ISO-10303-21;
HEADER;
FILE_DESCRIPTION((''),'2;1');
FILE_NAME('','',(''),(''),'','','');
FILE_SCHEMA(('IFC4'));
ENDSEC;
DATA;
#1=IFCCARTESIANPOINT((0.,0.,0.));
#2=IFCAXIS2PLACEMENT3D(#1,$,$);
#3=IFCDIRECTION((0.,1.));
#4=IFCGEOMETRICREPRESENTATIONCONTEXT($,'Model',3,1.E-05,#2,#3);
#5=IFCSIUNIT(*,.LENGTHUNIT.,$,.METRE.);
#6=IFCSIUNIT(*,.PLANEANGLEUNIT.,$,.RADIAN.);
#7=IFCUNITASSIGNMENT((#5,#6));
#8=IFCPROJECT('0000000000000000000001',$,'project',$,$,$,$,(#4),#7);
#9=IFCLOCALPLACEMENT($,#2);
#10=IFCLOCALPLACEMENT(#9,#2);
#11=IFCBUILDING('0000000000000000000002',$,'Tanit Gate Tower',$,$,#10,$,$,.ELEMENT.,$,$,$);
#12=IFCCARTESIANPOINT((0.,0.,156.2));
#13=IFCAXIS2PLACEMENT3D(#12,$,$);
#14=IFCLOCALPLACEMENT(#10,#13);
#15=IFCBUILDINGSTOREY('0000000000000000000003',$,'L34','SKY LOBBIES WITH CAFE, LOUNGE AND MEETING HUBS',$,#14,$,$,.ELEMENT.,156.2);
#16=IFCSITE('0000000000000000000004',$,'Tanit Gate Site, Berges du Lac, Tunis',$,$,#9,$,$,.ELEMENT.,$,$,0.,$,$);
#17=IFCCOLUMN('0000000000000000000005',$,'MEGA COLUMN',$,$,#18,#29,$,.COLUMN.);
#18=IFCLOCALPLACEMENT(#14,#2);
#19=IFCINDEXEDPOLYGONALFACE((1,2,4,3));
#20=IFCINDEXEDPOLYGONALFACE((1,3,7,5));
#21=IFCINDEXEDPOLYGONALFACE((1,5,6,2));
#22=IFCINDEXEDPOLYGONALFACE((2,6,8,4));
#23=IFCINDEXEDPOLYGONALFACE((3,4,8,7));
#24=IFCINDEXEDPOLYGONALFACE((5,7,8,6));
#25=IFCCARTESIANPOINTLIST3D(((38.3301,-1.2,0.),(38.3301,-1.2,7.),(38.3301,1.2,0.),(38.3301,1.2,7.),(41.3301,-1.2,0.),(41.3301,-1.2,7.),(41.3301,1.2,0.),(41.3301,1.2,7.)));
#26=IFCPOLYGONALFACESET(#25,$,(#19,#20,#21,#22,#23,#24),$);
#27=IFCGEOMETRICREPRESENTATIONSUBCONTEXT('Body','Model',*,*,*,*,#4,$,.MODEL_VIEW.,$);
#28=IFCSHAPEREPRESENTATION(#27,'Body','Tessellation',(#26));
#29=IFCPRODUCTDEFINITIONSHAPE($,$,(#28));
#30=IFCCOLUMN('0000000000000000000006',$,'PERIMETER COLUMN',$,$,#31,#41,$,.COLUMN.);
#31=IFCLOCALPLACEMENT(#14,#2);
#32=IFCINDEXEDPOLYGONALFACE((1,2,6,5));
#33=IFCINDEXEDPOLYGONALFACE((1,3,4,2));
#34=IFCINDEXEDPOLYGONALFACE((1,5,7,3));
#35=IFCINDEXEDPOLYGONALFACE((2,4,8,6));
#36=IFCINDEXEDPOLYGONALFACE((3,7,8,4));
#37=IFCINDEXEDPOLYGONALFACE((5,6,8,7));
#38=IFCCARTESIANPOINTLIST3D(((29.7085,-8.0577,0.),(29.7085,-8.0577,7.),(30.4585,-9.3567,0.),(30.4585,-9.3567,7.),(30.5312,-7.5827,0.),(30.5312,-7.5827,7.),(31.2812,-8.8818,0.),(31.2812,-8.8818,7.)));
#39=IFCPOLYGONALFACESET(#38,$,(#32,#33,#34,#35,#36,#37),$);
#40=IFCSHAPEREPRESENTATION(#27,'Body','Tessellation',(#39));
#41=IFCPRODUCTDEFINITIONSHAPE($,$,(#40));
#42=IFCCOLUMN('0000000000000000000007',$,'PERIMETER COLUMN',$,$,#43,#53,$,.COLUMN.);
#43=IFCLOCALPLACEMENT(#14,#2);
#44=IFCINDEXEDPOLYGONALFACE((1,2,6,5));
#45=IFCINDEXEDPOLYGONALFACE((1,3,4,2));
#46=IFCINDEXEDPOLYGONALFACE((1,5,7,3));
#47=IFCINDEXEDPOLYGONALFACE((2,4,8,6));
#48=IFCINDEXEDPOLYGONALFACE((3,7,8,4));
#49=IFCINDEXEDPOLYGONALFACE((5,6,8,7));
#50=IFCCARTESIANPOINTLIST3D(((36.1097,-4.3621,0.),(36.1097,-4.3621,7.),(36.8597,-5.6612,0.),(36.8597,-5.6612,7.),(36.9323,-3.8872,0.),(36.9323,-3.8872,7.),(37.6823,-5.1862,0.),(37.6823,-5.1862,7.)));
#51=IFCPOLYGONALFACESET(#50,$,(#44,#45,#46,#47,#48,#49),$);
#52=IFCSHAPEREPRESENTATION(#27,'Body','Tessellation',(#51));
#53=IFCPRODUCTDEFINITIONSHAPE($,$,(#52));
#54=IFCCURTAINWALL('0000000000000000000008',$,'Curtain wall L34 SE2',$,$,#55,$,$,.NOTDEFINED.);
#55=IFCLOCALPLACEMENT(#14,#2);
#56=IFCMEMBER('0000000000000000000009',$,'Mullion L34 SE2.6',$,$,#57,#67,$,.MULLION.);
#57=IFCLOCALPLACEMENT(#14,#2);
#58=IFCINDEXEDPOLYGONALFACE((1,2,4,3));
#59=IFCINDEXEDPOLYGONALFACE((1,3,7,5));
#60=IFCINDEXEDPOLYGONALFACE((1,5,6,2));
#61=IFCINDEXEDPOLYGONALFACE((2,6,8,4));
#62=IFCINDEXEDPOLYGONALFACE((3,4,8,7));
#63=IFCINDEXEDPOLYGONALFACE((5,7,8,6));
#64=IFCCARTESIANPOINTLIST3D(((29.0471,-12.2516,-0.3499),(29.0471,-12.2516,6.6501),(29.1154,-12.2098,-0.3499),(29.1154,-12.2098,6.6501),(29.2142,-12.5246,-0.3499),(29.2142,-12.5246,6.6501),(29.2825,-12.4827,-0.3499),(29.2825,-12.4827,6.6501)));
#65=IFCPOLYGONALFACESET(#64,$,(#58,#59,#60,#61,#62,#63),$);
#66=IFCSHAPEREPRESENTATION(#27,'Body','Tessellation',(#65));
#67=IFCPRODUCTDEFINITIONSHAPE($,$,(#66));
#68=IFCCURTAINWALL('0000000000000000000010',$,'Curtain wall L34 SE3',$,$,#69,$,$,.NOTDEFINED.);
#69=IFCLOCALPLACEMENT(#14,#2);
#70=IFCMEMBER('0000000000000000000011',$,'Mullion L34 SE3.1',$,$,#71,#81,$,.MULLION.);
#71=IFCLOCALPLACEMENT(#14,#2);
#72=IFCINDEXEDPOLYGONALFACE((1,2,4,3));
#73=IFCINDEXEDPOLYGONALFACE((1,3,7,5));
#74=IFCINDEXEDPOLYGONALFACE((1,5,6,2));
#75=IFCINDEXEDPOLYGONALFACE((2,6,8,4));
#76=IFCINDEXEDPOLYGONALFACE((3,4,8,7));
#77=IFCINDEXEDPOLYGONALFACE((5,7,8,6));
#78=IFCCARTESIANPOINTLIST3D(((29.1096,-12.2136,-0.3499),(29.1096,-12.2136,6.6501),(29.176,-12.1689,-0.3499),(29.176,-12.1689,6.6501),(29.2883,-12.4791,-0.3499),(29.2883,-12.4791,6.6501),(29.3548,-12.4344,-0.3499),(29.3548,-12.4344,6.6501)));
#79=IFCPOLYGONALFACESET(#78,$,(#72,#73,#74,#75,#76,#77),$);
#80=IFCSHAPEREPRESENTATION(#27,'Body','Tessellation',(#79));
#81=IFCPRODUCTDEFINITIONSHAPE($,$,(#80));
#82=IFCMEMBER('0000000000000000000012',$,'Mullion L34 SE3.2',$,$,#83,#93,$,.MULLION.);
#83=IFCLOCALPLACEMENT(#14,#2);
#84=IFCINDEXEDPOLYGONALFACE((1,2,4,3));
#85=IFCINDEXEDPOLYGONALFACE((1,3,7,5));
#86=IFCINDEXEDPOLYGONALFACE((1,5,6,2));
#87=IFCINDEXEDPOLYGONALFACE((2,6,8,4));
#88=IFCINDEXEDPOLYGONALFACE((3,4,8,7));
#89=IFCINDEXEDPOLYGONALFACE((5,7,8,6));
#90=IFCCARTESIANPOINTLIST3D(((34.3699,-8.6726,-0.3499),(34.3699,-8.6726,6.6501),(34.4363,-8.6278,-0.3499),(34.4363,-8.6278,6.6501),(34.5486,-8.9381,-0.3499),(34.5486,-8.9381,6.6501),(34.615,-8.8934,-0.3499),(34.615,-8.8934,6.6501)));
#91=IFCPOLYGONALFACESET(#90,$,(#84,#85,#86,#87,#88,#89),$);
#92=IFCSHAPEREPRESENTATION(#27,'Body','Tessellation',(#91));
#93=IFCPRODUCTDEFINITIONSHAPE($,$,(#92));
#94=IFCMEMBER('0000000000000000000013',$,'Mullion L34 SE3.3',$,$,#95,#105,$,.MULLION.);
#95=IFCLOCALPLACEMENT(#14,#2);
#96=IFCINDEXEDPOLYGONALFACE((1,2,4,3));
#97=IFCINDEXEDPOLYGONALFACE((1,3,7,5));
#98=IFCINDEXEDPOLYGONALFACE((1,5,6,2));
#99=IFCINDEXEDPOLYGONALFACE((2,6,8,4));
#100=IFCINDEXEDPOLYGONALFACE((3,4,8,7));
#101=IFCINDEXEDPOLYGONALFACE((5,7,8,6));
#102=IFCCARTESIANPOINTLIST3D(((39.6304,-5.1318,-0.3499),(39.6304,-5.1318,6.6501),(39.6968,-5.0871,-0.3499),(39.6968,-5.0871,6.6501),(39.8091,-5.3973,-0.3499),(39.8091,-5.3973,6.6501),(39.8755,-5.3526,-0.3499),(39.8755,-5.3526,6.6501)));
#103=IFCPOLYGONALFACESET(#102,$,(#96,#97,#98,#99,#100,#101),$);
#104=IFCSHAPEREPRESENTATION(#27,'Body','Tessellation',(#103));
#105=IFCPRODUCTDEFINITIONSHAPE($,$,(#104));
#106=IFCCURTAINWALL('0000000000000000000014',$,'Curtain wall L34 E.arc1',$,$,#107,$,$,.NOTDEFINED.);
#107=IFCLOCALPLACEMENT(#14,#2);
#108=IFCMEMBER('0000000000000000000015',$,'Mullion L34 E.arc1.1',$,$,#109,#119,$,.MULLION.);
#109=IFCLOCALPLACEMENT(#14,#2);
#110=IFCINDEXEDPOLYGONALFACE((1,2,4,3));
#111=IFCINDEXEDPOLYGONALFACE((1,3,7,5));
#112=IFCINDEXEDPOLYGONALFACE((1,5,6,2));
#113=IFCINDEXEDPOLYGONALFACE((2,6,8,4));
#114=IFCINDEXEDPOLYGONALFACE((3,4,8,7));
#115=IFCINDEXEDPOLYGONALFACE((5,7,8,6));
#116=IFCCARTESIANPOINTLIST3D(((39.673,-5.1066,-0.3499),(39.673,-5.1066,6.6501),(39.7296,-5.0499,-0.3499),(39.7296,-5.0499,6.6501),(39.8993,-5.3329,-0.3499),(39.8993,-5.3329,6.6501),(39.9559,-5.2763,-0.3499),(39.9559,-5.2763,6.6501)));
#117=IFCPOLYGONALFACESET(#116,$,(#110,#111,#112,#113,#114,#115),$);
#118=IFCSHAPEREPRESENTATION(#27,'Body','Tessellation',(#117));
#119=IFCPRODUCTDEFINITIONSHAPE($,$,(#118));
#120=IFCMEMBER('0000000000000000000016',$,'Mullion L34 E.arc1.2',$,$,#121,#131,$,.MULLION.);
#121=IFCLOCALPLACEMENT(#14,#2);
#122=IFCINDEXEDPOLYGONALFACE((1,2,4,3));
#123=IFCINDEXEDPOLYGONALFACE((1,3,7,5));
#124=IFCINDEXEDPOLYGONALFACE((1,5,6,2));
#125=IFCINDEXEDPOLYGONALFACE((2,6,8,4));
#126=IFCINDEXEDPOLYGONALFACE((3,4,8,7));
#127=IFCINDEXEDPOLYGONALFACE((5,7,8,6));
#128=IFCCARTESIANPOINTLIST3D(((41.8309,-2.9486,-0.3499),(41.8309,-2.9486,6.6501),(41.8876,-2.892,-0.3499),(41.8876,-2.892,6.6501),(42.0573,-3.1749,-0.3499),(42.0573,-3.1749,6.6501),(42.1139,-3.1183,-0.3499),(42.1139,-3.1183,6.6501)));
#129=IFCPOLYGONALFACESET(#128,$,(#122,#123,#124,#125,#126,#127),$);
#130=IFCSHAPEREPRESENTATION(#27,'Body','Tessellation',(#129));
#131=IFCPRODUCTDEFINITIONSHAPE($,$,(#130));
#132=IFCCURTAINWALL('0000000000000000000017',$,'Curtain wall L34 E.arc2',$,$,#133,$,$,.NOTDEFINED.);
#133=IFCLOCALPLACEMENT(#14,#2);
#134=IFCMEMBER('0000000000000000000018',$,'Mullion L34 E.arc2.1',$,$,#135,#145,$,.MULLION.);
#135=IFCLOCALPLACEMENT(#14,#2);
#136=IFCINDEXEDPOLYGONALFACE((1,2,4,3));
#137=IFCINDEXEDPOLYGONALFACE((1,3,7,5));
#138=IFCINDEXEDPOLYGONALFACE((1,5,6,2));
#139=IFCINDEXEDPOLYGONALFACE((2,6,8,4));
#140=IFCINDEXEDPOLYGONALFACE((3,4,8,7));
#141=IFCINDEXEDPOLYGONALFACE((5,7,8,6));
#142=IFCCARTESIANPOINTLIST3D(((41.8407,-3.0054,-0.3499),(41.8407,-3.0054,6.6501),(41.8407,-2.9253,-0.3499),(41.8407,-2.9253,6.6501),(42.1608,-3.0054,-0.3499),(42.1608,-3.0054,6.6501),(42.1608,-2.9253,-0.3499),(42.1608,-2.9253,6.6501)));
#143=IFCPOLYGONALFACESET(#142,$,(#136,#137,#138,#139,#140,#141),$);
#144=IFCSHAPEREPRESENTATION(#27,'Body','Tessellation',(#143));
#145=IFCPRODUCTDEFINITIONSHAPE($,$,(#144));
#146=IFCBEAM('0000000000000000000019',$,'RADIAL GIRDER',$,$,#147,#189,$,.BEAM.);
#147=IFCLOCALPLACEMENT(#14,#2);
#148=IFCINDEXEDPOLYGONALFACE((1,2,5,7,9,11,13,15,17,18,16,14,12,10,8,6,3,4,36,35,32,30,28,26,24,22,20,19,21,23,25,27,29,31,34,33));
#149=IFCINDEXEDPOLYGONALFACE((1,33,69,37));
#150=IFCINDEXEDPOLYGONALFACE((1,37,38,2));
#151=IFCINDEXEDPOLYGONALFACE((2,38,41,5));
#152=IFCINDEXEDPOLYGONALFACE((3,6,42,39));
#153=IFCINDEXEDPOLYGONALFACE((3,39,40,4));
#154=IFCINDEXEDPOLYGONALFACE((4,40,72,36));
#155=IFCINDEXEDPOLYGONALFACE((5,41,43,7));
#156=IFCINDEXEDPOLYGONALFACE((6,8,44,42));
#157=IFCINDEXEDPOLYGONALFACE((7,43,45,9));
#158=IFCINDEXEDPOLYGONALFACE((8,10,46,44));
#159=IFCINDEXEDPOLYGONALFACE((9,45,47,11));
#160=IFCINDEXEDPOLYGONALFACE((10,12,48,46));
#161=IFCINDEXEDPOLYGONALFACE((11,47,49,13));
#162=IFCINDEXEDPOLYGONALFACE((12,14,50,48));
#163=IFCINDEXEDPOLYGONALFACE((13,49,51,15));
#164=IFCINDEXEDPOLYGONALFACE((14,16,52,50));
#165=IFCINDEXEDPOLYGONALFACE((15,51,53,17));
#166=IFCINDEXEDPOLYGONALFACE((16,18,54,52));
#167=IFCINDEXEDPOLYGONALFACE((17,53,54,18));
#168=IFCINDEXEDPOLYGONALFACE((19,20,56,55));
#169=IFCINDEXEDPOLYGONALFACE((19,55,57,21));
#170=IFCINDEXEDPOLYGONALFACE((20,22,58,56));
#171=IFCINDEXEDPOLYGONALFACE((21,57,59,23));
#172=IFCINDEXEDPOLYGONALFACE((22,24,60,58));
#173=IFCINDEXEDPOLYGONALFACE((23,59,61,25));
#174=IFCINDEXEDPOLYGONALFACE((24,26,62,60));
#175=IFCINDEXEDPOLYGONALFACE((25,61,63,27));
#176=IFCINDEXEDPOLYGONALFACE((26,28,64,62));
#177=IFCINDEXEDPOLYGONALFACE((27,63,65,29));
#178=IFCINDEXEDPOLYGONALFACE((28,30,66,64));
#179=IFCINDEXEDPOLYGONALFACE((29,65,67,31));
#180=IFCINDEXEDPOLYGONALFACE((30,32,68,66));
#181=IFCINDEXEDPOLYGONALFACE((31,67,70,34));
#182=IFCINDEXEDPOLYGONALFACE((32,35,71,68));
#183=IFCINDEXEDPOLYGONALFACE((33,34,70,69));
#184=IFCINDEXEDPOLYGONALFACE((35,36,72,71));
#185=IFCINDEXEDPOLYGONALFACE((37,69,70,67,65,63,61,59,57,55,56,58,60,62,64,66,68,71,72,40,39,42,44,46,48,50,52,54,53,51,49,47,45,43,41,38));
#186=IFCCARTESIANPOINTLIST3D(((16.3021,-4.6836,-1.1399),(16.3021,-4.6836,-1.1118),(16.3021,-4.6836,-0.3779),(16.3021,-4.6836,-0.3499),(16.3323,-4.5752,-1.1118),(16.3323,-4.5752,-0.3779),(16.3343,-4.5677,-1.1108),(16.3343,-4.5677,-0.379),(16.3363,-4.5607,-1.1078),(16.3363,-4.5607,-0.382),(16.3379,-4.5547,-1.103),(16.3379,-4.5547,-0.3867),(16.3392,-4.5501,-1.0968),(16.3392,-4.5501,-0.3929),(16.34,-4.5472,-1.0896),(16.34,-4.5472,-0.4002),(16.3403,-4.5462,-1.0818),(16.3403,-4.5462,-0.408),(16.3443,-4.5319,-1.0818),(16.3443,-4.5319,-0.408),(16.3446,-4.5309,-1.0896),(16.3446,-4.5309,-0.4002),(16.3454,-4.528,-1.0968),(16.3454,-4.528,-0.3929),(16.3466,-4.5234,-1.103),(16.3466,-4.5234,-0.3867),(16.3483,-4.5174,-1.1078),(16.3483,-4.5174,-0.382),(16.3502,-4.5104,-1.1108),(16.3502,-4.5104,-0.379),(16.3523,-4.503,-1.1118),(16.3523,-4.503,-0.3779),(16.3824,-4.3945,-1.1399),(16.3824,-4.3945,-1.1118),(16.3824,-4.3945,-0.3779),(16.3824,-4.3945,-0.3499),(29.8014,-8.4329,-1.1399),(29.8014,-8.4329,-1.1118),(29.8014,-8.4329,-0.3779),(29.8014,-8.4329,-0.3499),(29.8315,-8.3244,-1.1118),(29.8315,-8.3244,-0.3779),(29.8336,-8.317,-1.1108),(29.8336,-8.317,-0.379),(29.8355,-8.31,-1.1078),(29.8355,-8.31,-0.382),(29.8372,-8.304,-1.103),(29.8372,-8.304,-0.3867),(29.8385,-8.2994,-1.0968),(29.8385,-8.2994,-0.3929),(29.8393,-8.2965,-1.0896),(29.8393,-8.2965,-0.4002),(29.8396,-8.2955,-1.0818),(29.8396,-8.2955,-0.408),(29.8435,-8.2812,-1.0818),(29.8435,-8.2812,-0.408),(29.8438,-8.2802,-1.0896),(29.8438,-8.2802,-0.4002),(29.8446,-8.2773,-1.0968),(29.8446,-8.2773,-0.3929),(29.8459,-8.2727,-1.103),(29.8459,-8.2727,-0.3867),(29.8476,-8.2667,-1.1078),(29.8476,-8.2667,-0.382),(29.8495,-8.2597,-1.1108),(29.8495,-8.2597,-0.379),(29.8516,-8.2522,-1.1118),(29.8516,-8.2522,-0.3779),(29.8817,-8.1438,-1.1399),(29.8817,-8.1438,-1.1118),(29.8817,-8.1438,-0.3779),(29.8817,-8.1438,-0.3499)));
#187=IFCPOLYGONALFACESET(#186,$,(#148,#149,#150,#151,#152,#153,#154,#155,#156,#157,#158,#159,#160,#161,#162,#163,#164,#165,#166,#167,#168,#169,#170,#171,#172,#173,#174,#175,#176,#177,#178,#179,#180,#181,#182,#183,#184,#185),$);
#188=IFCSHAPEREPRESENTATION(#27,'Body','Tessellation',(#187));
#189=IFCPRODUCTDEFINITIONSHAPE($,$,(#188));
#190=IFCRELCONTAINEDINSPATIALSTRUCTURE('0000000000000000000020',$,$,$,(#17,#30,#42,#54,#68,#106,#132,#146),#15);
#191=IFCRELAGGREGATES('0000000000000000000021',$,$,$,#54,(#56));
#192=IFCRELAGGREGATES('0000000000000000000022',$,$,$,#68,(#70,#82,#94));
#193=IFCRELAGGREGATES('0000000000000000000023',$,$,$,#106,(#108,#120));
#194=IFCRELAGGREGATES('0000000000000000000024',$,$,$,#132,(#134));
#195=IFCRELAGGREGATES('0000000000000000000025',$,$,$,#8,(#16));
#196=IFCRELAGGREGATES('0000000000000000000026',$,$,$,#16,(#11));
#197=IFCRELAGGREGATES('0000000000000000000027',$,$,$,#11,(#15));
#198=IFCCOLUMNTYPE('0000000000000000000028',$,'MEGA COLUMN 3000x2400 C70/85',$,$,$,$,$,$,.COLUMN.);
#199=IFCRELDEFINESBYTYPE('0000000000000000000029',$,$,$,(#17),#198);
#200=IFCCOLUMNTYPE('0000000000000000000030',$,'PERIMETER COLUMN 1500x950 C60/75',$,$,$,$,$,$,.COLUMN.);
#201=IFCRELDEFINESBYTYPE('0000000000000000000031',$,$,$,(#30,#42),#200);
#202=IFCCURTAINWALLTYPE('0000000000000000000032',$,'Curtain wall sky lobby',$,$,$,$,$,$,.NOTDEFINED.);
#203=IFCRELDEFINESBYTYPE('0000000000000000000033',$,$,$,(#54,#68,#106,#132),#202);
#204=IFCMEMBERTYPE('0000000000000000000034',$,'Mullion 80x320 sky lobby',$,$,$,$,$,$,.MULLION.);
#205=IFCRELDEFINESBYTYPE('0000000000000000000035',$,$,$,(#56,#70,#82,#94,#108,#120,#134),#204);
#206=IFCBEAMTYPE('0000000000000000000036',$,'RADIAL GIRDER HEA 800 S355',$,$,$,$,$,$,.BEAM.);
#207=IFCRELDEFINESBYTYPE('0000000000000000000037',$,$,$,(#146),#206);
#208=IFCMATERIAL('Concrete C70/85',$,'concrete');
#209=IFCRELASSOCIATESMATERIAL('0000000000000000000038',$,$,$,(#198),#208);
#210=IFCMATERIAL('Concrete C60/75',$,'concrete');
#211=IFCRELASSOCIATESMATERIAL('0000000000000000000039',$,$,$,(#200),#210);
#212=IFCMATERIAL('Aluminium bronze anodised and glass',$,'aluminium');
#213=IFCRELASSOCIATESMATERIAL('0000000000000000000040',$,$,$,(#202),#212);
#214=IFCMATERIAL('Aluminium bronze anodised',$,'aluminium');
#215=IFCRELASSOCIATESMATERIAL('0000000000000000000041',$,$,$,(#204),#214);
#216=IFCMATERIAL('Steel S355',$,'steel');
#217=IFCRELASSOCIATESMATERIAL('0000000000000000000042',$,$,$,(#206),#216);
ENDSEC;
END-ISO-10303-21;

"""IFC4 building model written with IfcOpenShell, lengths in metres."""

from ifc_helpers import new_model, si_unit, direction, frame, origin, origin_2d, place, context, subcontext, project, spatial, rectangle, i_section, extrude, material, material_profile, profile_set, type_object, element, aggregate, save


model = new_model("IFC4")

# Units and contexts
model_context = context("Model", 3, precision=1e-05, world=origin(), true_north=direction((0.0, 1.0)))
body_context = subcontext(model_context, "Body", "Model", "MODEL_VIEW")
ifc_project = project(units=[si_unit("LENGTHUNIT", "METRE"), si_unit("PLANEANGLEUNIT", "RADIAN")], contexts=[model_context])

# Site, building, storey
site_placement = place(None, origin())
site = spatial("IfcSite", under=ifc_project, at=site_placement, Name="Tanit Gate Site, Berges du Lac, Tunis", CompositionType="ELEMENT", RefElevation=0.0)
building_placement = place(site_placement, origin())
building = spatial("IfcBuilding", under=site, at=building_placement, Name="Tanit Gate Tower", CompositionType="ELEMENT")
storey_placement = place(building_placement, frame((0.0, 0.0, 156.2)))
storey = spatial("IfcBuildingStorey", under=building, at=storey_placement, Name="L34", Description="SKY LOBBIES WITH CAFE, LOUNGE AND MEETING HUBS", CompositionType="ELEMENT", Elevation=156.2)

# Columns
ifc_material_1 = material(Name="Concrete C70/85", Category="concrete")
ifc_material_profile_1 = material_profile(ifc_material_1, rectangle(XDim=3.0, YDim=2.3999, at=origin_2d()), Name="RC 3000x2400")
ifc_profile_set_1 = profile_set([ifc_material_profile_1], Name="Concrete C70/85")
column_type_1 = type_object("IfcColumnType", Name="MEGA COLUMN 3000x2400 C70/85", PredefinedType="COLUMN", material=ifc_profile_set_1)
column_placement = place(storey_placement, frame((39.8301, 0.0, 0.0), z_axis=(0.0, 0.0, 1.0), x_axis=(1.0, 0.0, 0.0)))
element("IfcColumn", 1, at=column_placement, inside=storey, type_object=column_type_1, Name="MEGA COLUMN", PredefinedType="COLUMN", context=body_context, shape_type="SweptSolid", body=[
    extrude(rectangle(XDim=3.0, YDim=2.3999, at=origin_2d()), origin(), (0.0, 0.0, 1.0), 7.0),
])
ifc_material_2 = material(Name="Concrete C60/75", Category="concrete")
ifc_material_profile_2 = material_profile(ifc_material_2, rectangle(XDim=1.5, YDim=0.95, at=origin_2d()), Name="RC 1500x950")
ifc_profile_set_2 = profile_set([ifc_material_profile_2], Name="Concrete C60/75")
column_type_2 = type_object("IfcColumnType", Name="PERIMETER COLUMN 1500x950 C60/75", PredefinedType="COLUMN", material=ifc_profile_set_2)
for number, where, z_axis, x_axis, name in (
    (2, (30.4949, -8.4697, 0.0), (0.0, 0.0, 1.0), (0.5, -0.866025, 0.0), "PERIMETER COLUMN"),
    (3, (36.896, -4.7742, 0.0), (0.0, 0.0, 1.0), (0.5, -0.866025, 0.0), "PERIMETER COLUMN"),
):
    element("IfcColumn", number, at=place(storey_placement, frame(where, z_axis=z_axis, x_axis=x_axis)), inside=storey, type_object=column_type_2, Name=name, PredefinedType="COLUMN", context=body_context, shape_type="SweptSolid", body=[
        extrude(rectangle(XDim=1.5, YDim=0.95, at=origin_2d()), origin(), (0.0, 0.0, 1.0), 7.0),
    ])

# Curtain wall, member
ifc_material_3 = material(Name="Aluminium bronze anodised and glass", Category="aluminium")
curtain_wall_type = type_object("IfcCurtainWallType", Name="Curtain wall sky lobby", PredefinedType="NOTDEFINED", material=ifc_material_3)
curtain_wall_1_placement = place(storey_placement, origin())
curtain_wall_1 = element("IfcCurtainWall", 4, at=curtain_wall_1_placement, inside=storey, type_object=curtain_wall_type, Name="Curtain wall L34 SE2", PredefinedType="NOTDEFINED")
ifc_material_4 = material(Name="Aluminium bronze anodised", Category="aluminium")
ifc_material_profile_3 = material_profile(ifc_material_4, rectangle(XDim=0.3201, YDim=0.0801, at=origin_2d()), Name="80x320 bronze mullion")
ifc_profile_set_3 = profile_set([ifc_material_profile_3], Name="Aluminium bronze anodised")
member_type_1 = type_object("IfcMemberType", Name="Mullion 80x320 sky lobby", PredefinedType="MULLION", material=ifc_profile_set_3)
member_1_placement = place(storey_placement, frame((29.1648, -12.3672, -0.3499), z_axis=(0.0, 0.0, 1.0), x_axis=(-0.522283, 0.852772, 0.0)))
member_1 = element("IfcMember", 5, at=member_1_placement, type_object=member_type_1, Name="Mullion L34 SE2.6", PredefinedType="MULLION", context=body_context, shape_type="SweptSolid", body=[
    extrude(rectangle(XDim=0.3201, YDim=0.0801, at=origin_2d()), origin(), (0.0, 0.0, 1.0), 7.0),
])
aggregate(curtain_wall_1, [member_1])

# Curtain walls, members
curtain_wall_2_placement = place(storey_placement, origin())
curtain_wall_2 = element("IfcCurtainWall", 6, at=curtain_wall_2_placement, inside=storey, type_object=curtain_wall_type, Name="Curtain wall L34 SE3", PredefinedType="NOTDEFINED")
member_2_placement = place(storey_placement, frame((29.2322, -12.324, -0.3499), z_axis=(0.0, 0.0, 1.0), x_axis=(-0.558408, 0.829567, 0.0)))
member_2 = element("IfcMember", 7, at=member_2_placement, type_object=member_type_1, Name="Mullion L34 SE3.1", PredefinedType="MULLION", context=body_context, shape_type="SweptSolid", body=[
    extrude(rectangle(XDim=0.3201, YDim=0.0801, at=origin_2d()), origin(), (0.0, 0.0, 1.0), 7.0),
])
member_3_placement = place(storey_placement, frame((34.4924, -8.783, -0.3499), z_axis=(0.0, 0.0, 1.0), x_axis=(-0.558408, 0.829567, 0.0)))
member_3 = element("IfcMember", 8, at=member_3_placement, type_object=member_type_1, Name="Mullion L34 SE3.2", PredefinedType="MULLION", context=body_context, shape_type="SweptSolid", body=[
    extrude(rectangle(XDim=0.3201, YDim=0.0801, at=origin_2d()), origin(), (0.0, 0.0, 1.0), 7.0),
])
member_4_placement = place(storey_placement, frame((39.7529, -5.2422, -0.3499), z_axis=(0.0, 0.0, 1.0), x_axis=(-0.558408, 0.829567, 0.0)))
member_4 = element("IfcMember", 9, at=member_4_placement, type_object=member_type_1, Name="Mullion L34 SE3.3", PredefinedType="MULLION", context=body_context, shape_type="SweptSolid", body=[
    extrude(rectangle(XDim=0.3201, YDim=0.0801, at=origin_2d()), origin(), (0.0, 0.0, 1.0), 7.0),
])
curtain_wall_3_placement = place(storey_placement, origin())
curtain_wall_3 = element("IfcCurtainWall", 10, at=curtain_wall_3_placement, inside=storey, type_object=curtain_wall_type, Name="Curtain wall L34 E.arc1", PredefinedType="NOTDEFINED")
member_5_placement = place(storey_placement, frame((39.8145, -5.1914, -0.3499), z_axis=(0.0, 0.0, 1.0), x_axis=(-0.707107, 0.707107, 0.0)))
member_5 = element("IfcMember", 11, at=member_5_placement, type_object=member_type_1, Name="Mullion L34 E.arc1.1", PredefinedType="MULLION", context=body_context, shape_type="SweptSolid", body=[
    extrude(rectangle(XDim=0.3201, YDim=0.0801, at=origin_2d()), origin(), (0.0, 0.0, 1.0), 7.0),
])
member_6_placement = place(storey_placement, frame((41.9724, -3.0334, -0.3499), z_axis=(0.0, 0.0, 1.0), x_axis=(-0.707107, 0.707107, 0.0)))
member_6 = element("IfcMember", 12, at=member_6_placement, type_object=member_type_1, Name="Mullion L34 E.arc1.2", PredefinedType="MULLION", context=body_context, shape_type="SweptSolid", body=[
    extrude(rectangle(XDim=0.3201, YDim=0.0801, at=origin_2d()), origin(), (0.0, 0.0, 1.0), 7.0),
])

# Curtain wall, member
curtain_wall_4_placement = place(storey_placement, origin())
curtain_wall_4 = element("IfcCurtainWall", 13, at=curtain_wall_4_placement, inside=storey, type_object=curtain_wall_type, Name="Curtain wall L34 E.arc2", PredefinedType="NOTDEFINED")
member_7_placement = place(storey_placement, frame((42.0007, -2.9653, -0.3499), z_axis=(0.0, 0.0, 1.0), x_axis=(-1.0, 0.0, 0.0)))
member_7 = element("IfcMember", 14, at=member_7_placement, type_object=member_type_1, Name="Mullion L34 E.arc2.1", PredefinedType="MULLION", context=body_context, shape_type="SweptSolid", body=[
    extrude(rectangle(XDim=0.3201, YDim=0.0801, at=origin_2d()), origin(), (0.0, 0.0, 1.0), 7.0),
])

# Beam
ifc_material_5 = material(Name="Steel S355", Category="steel")
ifc_material_profile_4 = material_profile(ifc_material_5, i_section(OverallWidth=0.3, OverallDepth=0.79, WebThickness=0.0149, FlangeThickness=0.0281, FilletRadius=0.03, at=origin_2d()), Name="HEA 800")
ifc_profile_set_4 = profile_set([ifc_material_profile_4], Name="Steel S355")
beam_type_1 = type_object("IfcBeamType", Name="RADIAL GIRDER HEA 800 S355", PredefinedType="BEAM", material=ifc_profile_set_4)
beam_1_placement = place(storey_placement, frame((29.8416, -8.2883, -0.7449), z_axis=(-0.963528, 0.267609, 0.0), x_axis=(-0.267609, -0.963528, 0.0)))
element("IfcBeam", 15, at=beam_1_placement, inside=storey, type_object=beam_type_1, Name="RADIAL GIRDER", PredefinedType="BEAM", context=body_context, shape_type="SweptSolid", body=[
    extrude(i_section(OverallWidth=0.3, OverallDepth=0.79, WebThickness=0.0149, FlangeThickness=0.0281, FilletRadius=0.03, at=origin_2d()), origin(), (0.0, 0.0, 1.0), 14.0103),
])

aggregate(curtain_wall_2, [member_2, member_3, member_4])
aggregate(curtain_wall_3, [member_5, member_6])
aggregate(curtain_wall_4, [member_7])

save(model, "model.ifc")
